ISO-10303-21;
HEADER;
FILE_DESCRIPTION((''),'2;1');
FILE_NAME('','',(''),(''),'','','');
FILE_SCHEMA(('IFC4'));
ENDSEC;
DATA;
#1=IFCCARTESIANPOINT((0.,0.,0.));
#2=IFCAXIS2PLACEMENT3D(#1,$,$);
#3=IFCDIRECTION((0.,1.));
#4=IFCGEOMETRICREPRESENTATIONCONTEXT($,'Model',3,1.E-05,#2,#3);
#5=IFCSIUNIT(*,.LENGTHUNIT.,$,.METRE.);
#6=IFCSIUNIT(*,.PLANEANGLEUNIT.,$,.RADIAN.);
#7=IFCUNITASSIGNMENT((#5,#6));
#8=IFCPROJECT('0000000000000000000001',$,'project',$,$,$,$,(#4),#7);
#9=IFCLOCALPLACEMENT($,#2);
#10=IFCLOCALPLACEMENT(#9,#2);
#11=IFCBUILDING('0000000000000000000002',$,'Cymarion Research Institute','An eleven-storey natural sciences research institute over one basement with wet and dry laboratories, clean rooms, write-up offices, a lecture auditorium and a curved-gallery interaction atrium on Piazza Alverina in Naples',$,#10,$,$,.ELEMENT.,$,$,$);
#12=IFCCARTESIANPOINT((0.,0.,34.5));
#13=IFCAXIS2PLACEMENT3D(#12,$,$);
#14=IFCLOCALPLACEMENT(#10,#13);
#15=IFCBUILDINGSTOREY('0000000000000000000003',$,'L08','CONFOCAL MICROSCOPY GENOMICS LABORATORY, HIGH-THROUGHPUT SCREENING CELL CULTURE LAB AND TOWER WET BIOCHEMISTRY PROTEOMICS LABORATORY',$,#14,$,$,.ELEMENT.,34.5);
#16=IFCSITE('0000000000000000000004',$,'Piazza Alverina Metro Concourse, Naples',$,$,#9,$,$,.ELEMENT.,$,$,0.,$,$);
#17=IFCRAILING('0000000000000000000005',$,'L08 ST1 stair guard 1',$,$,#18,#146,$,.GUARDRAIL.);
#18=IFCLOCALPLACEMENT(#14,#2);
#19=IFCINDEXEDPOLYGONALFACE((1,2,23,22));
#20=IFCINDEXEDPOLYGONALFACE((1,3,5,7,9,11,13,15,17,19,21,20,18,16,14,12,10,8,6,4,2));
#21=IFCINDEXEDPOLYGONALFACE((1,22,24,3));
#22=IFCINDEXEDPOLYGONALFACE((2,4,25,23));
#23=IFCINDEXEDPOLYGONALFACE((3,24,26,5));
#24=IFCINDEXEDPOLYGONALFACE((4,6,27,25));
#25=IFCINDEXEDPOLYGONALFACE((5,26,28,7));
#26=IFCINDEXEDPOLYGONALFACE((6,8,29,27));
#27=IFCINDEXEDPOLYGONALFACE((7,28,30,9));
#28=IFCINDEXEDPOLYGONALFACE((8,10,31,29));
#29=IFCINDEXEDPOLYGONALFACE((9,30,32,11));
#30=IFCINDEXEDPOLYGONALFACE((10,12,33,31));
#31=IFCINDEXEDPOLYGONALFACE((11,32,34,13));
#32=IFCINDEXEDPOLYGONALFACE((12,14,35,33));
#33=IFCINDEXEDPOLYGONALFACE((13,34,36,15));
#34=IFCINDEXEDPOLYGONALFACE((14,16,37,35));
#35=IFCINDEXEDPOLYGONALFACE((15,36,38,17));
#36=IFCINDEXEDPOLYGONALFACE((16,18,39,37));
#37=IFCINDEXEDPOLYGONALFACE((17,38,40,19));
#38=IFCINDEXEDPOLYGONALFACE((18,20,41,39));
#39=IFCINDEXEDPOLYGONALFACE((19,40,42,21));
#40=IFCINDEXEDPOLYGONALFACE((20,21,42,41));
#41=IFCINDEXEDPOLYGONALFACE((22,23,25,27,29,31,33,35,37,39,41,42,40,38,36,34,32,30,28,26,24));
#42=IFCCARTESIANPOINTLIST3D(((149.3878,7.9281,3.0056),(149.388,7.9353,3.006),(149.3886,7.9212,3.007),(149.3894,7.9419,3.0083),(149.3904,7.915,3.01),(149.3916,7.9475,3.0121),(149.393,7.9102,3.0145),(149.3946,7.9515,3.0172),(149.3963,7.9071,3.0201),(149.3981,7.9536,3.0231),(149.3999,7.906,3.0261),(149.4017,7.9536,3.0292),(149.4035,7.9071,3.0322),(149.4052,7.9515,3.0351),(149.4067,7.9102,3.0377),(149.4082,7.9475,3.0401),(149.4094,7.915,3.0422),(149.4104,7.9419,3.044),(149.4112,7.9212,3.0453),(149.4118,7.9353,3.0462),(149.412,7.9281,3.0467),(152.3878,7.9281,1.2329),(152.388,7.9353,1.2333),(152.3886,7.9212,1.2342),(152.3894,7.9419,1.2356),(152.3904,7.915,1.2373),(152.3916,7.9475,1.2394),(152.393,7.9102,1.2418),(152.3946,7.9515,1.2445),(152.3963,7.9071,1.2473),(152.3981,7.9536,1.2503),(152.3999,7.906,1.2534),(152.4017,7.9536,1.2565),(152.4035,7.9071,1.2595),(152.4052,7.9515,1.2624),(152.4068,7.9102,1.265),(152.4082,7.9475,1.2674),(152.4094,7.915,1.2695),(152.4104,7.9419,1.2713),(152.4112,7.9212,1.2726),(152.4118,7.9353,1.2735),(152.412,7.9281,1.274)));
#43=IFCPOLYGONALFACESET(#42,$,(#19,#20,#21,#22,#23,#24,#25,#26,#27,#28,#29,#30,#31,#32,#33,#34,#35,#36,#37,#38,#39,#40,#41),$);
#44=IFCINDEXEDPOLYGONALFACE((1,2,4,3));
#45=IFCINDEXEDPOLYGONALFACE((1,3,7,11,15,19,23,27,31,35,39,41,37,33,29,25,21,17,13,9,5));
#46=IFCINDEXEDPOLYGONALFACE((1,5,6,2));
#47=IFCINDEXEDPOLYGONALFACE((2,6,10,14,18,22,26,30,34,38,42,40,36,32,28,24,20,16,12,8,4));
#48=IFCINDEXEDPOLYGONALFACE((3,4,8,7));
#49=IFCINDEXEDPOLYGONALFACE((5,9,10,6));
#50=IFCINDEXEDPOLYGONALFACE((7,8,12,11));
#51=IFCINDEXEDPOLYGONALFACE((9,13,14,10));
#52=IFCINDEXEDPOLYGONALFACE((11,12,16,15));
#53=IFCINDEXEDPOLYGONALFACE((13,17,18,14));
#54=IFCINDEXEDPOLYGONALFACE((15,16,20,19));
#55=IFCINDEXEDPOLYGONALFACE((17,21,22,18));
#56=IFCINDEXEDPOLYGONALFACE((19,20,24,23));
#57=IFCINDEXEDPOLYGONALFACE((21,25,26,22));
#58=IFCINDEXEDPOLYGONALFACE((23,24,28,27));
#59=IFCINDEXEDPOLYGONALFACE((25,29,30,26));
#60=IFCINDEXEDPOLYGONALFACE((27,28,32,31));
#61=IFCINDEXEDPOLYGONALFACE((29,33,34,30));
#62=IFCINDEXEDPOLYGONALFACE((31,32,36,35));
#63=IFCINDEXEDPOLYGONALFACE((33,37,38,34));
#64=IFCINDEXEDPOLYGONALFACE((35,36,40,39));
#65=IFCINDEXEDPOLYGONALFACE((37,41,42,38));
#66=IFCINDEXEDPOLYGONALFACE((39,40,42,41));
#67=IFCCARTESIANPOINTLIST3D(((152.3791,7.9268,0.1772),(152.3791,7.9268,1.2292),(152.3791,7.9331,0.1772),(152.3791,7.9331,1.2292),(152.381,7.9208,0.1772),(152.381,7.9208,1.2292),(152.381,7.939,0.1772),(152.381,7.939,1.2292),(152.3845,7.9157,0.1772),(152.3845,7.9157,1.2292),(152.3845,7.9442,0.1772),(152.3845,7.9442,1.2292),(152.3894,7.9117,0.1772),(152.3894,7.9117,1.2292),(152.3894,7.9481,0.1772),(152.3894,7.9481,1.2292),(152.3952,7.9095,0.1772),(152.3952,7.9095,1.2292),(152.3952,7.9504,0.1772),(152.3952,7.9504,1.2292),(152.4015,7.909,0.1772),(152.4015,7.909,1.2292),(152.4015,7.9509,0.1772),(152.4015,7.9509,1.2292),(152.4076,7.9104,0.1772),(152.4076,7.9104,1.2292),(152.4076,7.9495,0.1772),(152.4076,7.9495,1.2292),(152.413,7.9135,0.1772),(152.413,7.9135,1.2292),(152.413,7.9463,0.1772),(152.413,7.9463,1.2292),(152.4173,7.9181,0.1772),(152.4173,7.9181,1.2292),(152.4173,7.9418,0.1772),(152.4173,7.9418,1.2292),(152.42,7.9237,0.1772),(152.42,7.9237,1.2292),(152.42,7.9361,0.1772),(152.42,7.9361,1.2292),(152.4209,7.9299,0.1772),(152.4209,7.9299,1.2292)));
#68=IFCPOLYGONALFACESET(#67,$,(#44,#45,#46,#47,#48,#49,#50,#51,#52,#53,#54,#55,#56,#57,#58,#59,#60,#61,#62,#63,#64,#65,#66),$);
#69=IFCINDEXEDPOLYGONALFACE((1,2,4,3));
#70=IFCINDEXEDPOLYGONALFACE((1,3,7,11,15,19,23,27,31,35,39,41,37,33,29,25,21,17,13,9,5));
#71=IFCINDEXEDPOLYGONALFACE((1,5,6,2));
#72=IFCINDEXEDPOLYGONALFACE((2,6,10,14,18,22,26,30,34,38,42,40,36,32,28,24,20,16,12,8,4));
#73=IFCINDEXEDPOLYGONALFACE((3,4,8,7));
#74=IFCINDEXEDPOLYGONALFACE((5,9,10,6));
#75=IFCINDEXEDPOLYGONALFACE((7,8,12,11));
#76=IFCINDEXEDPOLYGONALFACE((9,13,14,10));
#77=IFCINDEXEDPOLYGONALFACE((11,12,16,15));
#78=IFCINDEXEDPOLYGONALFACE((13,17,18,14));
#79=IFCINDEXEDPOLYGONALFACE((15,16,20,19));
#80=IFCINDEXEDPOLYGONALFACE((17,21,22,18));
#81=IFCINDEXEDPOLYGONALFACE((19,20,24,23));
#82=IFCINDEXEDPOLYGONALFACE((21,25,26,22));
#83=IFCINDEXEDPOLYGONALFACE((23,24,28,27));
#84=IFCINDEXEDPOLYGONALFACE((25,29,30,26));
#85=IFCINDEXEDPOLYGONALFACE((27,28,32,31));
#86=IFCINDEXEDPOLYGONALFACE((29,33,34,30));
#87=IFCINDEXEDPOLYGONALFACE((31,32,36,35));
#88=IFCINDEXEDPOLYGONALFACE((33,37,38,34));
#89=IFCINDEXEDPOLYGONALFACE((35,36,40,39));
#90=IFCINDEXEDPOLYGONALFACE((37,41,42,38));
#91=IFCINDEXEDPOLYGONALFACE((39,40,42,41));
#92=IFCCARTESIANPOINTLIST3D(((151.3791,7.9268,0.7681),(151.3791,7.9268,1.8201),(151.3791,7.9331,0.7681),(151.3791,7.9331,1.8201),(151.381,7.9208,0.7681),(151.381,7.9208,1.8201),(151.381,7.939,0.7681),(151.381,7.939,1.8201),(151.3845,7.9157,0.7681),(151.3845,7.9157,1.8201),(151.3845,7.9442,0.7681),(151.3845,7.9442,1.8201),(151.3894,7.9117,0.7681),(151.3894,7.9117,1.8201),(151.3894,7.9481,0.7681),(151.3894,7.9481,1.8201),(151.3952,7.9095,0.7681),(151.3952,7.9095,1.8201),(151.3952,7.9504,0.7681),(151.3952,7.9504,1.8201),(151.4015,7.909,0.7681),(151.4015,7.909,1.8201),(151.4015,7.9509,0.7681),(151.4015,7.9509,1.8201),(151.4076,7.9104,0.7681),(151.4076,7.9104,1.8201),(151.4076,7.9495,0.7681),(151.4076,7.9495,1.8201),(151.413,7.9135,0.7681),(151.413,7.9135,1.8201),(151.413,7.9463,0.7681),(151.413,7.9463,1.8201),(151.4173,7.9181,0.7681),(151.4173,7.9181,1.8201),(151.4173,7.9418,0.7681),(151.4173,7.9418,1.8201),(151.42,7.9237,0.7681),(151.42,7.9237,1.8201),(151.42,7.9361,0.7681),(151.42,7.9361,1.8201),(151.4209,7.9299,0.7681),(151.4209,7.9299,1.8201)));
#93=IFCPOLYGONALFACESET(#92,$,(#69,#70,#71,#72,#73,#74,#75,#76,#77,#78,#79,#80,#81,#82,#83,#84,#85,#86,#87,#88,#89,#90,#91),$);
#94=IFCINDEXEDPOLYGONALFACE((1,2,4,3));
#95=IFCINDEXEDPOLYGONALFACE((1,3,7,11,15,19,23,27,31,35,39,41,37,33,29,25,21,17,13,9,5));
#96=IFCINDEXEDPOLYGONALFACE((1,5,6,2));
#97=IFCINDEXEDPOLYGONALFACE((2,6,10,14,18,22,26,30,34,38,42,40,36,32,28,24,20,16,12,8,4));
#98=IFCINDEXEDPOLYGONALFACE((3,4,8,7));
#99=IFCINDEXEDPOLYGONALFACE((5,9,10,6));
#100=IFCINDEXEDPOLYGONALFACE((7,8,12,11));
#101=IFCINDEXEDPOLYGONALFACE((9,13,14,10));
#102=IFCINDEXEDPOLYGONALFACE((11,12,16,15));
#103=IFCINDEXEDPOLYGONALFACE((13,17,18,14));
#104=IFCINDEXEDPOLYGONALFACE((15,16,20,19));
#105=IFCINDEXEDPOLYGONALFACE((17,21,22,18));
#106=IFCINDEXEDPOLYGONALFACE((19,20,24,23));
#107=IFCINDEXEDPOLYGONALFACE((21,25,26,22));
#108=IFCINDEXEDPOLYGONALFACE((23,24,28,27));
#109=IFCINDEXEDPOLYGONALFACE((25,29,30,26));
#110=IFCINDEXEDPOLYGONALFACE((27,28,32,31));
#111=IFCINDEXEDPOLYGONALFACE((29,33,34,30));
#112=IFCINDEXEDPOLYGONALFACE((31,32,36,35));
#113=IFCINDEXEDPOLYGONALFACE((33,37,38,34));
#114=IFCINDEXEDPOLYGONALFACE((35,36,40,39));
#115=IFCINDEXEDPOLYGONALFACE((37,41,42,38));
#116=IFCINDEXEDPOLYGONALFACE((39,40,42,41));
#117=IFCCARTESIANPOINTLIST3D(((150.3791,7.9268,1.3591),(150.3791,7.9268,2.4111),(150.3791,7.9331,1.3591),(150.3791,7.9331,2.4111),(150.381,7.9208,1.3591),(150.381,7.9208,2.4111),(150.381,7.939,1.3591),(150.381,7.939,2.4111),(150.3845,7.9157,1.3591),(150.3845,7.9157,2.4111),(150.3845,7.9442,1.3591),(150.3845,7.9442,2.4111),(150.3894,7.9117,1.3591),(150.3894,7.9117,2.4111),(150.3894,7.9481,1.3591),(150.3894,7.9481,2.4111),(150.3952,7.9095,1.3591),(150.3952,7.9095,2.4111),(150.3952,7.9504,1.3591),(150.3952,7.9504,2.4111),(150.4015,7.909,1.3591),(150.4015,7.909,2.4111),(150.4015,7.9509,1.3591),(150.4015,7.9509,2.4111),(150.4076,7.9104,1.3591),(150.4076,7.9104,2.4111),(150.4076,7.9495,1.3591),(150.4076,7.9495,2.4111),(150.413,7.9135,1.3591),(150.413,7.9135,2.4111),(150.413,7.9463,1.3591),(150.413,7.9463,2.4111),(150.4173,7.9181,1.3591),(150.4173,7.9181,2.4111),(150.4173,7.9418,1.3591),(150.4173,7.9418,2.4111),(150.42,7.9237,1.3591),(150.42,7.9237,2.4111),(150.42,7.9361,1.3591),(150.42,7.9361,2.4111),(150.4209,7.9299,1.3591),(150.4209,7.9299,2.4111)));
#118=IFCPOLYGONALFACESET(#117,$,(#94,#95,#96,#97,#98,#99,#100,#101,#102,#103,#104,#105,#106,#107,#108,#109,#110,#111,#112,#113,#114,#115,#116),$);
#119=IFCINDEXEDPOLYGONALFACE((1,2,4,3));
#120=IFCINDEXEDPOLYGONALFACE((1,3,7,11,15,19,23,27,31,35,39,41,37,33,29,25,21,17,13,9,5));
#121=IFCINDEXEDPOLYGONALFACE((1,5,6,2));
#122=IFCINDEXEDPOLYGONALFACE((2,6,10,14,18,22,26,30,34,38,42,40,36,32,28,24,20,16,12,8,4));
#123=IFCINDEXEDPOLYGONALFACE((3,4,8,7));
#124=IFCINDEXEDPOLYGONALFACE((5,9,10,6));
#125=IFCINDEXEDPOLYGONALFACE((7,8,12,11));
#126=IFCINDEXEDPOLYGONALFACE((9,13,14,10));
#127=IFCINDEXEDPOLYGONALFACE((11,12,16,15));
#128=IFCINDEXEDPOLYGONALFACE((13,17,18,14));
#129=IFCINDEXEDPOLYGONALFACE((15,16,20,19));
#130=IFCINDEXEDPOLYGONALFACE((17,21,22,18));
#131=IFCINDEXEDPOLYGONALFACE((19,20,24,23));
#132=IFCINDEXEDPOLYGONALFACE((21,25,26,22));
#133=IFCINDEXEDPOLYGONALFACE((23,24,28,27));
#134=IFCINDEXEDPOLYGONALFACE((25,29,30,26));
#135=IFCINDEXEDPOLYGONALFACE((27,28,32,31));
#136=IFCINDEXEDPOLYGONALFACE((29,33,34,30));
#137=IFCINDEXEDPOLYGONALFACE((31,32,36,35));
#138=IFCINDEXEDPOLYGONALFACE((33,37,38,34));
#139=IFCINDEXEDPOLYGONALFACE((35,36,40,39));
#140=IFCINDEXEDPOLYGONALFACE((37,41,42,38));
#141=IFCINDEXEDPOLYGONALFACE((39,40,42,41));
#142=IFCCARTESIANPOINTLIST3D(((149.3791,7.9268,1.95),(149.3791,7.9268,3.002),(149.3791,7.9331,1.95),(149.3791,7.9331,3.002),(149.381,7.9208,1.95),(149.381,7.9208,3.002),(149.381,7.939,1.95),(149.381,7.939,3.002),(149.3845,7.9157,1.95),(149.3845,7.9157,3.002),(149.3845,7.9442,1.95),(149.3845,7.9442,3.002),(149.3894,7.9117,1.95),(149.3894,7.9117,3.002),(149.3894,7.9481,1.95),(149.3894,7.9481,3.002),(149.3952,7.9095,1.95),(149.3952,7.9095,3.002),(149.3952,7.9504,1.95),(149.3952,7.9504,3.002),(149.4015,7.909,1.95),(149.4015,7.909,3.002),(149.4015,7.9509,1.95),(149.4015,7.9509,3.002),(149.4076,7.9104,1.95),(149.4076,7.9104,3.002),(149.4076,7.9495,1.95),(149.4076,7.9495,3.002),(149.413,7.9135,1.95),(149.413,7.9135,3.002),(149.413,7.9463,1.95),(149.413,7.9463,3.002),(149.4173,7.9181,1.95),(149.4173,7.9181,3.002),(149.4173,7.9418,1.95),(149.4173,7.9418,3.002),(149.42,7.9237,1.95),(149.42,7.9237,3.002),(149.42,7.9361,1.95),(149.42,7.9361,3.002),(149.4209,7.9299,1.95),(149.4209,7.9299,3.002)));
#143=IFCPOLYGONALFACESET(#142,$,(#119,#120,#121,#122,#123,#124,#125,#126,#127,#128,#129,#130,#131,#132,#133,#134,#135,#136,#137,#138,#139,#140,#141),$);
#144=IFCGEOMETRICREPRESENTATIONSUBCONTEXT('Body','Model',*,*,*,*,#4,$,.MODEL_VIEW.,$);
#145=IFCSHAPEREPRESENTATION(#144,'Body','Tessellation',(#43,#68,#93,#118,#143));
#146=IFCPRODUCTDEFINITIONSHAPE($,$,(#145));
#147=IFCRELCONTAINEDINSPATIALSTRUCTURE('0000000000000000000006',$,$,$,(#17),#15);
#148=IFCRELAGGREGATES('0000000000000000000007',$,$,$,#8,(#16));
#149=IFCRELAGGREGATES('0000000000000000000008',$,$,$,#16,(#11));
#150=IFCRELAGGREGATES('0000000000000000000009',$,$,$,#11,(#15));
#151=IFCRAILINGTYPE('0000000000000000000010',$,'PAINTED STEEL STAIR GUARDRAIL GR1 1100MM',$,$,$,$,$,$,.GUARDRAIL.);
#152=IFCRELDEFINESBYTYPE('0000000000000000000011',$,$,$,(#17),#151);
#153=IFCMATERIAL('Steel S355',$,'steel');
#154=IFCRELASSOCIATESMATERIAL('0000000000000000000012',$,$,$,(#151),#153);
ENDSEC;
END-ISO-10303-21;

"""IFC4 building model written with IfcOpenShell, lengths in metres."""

from ifc_helpers import new_model, si_unit, direction, frame, origin, origin_2d, place, context, subcontext, project, spatial, circle, extrude, material, type_object, element, save


model = new_model("IFC4")

# Units and contexts
model_context = context("Model", 3, precision=1e-05, world=origin(), true_north=direction((0.0, 1.0)))
body_context = subcontext(model_context, "Body", "Model", "MODEL_VIEW")
ifc_project = project(units=[si_unit("LENGTHUNIT", "METRE"), si_unit("PLANEANGLEUNIT", "RADIAN")], contexts=[model_context])

# Site, building, storey
site_placement = place(None, origin())
site = spatial("IfcSite", under=ifc_project, at=site_placement, Name="Piazza Alverina Metro Concourse, Naples", CompositionType="ELEMENT", RefElevation=0.0)
building_placement = place(site_placement, origin())
building = spatial("IfcBuilding", under=site, at=building_placement, Name="Cymarion Research Institute", Description="An eleven-storey natural sciences research institute over one basement with wet and dry laboratories, clean rooms, write-up offices, a lecture auditorium and a curved-gallery interaction atrium on Piazza Alverina in Naples", CompositionType="ELEMENT")
storey_placement = place(building_placement, frame((0.0, 0.0, 34.5)))
storey = spatial("IfcBuildingStorey", under=building, at=storey_placement, Name="L08", Description="CONFOCAL MICROSCOPY GENOMICS LABORATORY, HIGH-THROUGHPUT SCREENING CELL CULTURE LAB AND TOWER WET BIOCHEMISTRY PROTEOMICS LABORATORY", CompositionType="ELEMENT", Elevation=34.5)

# Railing
ifc_material_1 = material(Name="Steel S355", Category="steel")
railing_type_1 = type_object("IfcRailingType", Name="PAINTED STEEL STAIR GUARDRAIL GR1 1100MM", PredefinedType="GUARDRAIL", material=ifc_material_1)
railing_1_placement = place(storey_placement, frame((152.3999, 7.9299, 0.1772)))
element("IfcRailing", 1, at=railing_1_placement, inside=storey, type_object=railing_type_1, Name="L08 ST1 stair guard 1", PredefinedType="GUARDRAIL", context=body_context, shape_type="SweptSolid", body=[
    extrude(circle(Radius=0.0239, at=origin_2d()), frame((0.0, 0.0, 1.0762), z_axis=(-0.860929, 0.0, 0.508725), x_axis=(0.0, -1.0, 0.0)), (0.0, 0.0, 1.0), 3.4846),
    extrude(circle(Radius=0.021, at=origin_2d()), origin(), (0.0, 0.0, 1.0), 1.052),
    extrude(circle(Radius=0.021, at=origin_2d()), frame((-1.0, 0.0, 0.5908)), (0.0, 0.0, 1.0), 1.052),
    extrude(circle(Radius=0.021, at=origin_2d()), frame((-2.0, 0.0, 1.1819)), (0.0, 0.0, 1.0), 1.052),
    extrude(circle(Radius=0.021, at=origin_2d()), frame((-3.0, 0.0, 1.7727)), (0.0, 0.0, 1.0), 1.052),
])

save(model, "model.ifc")
